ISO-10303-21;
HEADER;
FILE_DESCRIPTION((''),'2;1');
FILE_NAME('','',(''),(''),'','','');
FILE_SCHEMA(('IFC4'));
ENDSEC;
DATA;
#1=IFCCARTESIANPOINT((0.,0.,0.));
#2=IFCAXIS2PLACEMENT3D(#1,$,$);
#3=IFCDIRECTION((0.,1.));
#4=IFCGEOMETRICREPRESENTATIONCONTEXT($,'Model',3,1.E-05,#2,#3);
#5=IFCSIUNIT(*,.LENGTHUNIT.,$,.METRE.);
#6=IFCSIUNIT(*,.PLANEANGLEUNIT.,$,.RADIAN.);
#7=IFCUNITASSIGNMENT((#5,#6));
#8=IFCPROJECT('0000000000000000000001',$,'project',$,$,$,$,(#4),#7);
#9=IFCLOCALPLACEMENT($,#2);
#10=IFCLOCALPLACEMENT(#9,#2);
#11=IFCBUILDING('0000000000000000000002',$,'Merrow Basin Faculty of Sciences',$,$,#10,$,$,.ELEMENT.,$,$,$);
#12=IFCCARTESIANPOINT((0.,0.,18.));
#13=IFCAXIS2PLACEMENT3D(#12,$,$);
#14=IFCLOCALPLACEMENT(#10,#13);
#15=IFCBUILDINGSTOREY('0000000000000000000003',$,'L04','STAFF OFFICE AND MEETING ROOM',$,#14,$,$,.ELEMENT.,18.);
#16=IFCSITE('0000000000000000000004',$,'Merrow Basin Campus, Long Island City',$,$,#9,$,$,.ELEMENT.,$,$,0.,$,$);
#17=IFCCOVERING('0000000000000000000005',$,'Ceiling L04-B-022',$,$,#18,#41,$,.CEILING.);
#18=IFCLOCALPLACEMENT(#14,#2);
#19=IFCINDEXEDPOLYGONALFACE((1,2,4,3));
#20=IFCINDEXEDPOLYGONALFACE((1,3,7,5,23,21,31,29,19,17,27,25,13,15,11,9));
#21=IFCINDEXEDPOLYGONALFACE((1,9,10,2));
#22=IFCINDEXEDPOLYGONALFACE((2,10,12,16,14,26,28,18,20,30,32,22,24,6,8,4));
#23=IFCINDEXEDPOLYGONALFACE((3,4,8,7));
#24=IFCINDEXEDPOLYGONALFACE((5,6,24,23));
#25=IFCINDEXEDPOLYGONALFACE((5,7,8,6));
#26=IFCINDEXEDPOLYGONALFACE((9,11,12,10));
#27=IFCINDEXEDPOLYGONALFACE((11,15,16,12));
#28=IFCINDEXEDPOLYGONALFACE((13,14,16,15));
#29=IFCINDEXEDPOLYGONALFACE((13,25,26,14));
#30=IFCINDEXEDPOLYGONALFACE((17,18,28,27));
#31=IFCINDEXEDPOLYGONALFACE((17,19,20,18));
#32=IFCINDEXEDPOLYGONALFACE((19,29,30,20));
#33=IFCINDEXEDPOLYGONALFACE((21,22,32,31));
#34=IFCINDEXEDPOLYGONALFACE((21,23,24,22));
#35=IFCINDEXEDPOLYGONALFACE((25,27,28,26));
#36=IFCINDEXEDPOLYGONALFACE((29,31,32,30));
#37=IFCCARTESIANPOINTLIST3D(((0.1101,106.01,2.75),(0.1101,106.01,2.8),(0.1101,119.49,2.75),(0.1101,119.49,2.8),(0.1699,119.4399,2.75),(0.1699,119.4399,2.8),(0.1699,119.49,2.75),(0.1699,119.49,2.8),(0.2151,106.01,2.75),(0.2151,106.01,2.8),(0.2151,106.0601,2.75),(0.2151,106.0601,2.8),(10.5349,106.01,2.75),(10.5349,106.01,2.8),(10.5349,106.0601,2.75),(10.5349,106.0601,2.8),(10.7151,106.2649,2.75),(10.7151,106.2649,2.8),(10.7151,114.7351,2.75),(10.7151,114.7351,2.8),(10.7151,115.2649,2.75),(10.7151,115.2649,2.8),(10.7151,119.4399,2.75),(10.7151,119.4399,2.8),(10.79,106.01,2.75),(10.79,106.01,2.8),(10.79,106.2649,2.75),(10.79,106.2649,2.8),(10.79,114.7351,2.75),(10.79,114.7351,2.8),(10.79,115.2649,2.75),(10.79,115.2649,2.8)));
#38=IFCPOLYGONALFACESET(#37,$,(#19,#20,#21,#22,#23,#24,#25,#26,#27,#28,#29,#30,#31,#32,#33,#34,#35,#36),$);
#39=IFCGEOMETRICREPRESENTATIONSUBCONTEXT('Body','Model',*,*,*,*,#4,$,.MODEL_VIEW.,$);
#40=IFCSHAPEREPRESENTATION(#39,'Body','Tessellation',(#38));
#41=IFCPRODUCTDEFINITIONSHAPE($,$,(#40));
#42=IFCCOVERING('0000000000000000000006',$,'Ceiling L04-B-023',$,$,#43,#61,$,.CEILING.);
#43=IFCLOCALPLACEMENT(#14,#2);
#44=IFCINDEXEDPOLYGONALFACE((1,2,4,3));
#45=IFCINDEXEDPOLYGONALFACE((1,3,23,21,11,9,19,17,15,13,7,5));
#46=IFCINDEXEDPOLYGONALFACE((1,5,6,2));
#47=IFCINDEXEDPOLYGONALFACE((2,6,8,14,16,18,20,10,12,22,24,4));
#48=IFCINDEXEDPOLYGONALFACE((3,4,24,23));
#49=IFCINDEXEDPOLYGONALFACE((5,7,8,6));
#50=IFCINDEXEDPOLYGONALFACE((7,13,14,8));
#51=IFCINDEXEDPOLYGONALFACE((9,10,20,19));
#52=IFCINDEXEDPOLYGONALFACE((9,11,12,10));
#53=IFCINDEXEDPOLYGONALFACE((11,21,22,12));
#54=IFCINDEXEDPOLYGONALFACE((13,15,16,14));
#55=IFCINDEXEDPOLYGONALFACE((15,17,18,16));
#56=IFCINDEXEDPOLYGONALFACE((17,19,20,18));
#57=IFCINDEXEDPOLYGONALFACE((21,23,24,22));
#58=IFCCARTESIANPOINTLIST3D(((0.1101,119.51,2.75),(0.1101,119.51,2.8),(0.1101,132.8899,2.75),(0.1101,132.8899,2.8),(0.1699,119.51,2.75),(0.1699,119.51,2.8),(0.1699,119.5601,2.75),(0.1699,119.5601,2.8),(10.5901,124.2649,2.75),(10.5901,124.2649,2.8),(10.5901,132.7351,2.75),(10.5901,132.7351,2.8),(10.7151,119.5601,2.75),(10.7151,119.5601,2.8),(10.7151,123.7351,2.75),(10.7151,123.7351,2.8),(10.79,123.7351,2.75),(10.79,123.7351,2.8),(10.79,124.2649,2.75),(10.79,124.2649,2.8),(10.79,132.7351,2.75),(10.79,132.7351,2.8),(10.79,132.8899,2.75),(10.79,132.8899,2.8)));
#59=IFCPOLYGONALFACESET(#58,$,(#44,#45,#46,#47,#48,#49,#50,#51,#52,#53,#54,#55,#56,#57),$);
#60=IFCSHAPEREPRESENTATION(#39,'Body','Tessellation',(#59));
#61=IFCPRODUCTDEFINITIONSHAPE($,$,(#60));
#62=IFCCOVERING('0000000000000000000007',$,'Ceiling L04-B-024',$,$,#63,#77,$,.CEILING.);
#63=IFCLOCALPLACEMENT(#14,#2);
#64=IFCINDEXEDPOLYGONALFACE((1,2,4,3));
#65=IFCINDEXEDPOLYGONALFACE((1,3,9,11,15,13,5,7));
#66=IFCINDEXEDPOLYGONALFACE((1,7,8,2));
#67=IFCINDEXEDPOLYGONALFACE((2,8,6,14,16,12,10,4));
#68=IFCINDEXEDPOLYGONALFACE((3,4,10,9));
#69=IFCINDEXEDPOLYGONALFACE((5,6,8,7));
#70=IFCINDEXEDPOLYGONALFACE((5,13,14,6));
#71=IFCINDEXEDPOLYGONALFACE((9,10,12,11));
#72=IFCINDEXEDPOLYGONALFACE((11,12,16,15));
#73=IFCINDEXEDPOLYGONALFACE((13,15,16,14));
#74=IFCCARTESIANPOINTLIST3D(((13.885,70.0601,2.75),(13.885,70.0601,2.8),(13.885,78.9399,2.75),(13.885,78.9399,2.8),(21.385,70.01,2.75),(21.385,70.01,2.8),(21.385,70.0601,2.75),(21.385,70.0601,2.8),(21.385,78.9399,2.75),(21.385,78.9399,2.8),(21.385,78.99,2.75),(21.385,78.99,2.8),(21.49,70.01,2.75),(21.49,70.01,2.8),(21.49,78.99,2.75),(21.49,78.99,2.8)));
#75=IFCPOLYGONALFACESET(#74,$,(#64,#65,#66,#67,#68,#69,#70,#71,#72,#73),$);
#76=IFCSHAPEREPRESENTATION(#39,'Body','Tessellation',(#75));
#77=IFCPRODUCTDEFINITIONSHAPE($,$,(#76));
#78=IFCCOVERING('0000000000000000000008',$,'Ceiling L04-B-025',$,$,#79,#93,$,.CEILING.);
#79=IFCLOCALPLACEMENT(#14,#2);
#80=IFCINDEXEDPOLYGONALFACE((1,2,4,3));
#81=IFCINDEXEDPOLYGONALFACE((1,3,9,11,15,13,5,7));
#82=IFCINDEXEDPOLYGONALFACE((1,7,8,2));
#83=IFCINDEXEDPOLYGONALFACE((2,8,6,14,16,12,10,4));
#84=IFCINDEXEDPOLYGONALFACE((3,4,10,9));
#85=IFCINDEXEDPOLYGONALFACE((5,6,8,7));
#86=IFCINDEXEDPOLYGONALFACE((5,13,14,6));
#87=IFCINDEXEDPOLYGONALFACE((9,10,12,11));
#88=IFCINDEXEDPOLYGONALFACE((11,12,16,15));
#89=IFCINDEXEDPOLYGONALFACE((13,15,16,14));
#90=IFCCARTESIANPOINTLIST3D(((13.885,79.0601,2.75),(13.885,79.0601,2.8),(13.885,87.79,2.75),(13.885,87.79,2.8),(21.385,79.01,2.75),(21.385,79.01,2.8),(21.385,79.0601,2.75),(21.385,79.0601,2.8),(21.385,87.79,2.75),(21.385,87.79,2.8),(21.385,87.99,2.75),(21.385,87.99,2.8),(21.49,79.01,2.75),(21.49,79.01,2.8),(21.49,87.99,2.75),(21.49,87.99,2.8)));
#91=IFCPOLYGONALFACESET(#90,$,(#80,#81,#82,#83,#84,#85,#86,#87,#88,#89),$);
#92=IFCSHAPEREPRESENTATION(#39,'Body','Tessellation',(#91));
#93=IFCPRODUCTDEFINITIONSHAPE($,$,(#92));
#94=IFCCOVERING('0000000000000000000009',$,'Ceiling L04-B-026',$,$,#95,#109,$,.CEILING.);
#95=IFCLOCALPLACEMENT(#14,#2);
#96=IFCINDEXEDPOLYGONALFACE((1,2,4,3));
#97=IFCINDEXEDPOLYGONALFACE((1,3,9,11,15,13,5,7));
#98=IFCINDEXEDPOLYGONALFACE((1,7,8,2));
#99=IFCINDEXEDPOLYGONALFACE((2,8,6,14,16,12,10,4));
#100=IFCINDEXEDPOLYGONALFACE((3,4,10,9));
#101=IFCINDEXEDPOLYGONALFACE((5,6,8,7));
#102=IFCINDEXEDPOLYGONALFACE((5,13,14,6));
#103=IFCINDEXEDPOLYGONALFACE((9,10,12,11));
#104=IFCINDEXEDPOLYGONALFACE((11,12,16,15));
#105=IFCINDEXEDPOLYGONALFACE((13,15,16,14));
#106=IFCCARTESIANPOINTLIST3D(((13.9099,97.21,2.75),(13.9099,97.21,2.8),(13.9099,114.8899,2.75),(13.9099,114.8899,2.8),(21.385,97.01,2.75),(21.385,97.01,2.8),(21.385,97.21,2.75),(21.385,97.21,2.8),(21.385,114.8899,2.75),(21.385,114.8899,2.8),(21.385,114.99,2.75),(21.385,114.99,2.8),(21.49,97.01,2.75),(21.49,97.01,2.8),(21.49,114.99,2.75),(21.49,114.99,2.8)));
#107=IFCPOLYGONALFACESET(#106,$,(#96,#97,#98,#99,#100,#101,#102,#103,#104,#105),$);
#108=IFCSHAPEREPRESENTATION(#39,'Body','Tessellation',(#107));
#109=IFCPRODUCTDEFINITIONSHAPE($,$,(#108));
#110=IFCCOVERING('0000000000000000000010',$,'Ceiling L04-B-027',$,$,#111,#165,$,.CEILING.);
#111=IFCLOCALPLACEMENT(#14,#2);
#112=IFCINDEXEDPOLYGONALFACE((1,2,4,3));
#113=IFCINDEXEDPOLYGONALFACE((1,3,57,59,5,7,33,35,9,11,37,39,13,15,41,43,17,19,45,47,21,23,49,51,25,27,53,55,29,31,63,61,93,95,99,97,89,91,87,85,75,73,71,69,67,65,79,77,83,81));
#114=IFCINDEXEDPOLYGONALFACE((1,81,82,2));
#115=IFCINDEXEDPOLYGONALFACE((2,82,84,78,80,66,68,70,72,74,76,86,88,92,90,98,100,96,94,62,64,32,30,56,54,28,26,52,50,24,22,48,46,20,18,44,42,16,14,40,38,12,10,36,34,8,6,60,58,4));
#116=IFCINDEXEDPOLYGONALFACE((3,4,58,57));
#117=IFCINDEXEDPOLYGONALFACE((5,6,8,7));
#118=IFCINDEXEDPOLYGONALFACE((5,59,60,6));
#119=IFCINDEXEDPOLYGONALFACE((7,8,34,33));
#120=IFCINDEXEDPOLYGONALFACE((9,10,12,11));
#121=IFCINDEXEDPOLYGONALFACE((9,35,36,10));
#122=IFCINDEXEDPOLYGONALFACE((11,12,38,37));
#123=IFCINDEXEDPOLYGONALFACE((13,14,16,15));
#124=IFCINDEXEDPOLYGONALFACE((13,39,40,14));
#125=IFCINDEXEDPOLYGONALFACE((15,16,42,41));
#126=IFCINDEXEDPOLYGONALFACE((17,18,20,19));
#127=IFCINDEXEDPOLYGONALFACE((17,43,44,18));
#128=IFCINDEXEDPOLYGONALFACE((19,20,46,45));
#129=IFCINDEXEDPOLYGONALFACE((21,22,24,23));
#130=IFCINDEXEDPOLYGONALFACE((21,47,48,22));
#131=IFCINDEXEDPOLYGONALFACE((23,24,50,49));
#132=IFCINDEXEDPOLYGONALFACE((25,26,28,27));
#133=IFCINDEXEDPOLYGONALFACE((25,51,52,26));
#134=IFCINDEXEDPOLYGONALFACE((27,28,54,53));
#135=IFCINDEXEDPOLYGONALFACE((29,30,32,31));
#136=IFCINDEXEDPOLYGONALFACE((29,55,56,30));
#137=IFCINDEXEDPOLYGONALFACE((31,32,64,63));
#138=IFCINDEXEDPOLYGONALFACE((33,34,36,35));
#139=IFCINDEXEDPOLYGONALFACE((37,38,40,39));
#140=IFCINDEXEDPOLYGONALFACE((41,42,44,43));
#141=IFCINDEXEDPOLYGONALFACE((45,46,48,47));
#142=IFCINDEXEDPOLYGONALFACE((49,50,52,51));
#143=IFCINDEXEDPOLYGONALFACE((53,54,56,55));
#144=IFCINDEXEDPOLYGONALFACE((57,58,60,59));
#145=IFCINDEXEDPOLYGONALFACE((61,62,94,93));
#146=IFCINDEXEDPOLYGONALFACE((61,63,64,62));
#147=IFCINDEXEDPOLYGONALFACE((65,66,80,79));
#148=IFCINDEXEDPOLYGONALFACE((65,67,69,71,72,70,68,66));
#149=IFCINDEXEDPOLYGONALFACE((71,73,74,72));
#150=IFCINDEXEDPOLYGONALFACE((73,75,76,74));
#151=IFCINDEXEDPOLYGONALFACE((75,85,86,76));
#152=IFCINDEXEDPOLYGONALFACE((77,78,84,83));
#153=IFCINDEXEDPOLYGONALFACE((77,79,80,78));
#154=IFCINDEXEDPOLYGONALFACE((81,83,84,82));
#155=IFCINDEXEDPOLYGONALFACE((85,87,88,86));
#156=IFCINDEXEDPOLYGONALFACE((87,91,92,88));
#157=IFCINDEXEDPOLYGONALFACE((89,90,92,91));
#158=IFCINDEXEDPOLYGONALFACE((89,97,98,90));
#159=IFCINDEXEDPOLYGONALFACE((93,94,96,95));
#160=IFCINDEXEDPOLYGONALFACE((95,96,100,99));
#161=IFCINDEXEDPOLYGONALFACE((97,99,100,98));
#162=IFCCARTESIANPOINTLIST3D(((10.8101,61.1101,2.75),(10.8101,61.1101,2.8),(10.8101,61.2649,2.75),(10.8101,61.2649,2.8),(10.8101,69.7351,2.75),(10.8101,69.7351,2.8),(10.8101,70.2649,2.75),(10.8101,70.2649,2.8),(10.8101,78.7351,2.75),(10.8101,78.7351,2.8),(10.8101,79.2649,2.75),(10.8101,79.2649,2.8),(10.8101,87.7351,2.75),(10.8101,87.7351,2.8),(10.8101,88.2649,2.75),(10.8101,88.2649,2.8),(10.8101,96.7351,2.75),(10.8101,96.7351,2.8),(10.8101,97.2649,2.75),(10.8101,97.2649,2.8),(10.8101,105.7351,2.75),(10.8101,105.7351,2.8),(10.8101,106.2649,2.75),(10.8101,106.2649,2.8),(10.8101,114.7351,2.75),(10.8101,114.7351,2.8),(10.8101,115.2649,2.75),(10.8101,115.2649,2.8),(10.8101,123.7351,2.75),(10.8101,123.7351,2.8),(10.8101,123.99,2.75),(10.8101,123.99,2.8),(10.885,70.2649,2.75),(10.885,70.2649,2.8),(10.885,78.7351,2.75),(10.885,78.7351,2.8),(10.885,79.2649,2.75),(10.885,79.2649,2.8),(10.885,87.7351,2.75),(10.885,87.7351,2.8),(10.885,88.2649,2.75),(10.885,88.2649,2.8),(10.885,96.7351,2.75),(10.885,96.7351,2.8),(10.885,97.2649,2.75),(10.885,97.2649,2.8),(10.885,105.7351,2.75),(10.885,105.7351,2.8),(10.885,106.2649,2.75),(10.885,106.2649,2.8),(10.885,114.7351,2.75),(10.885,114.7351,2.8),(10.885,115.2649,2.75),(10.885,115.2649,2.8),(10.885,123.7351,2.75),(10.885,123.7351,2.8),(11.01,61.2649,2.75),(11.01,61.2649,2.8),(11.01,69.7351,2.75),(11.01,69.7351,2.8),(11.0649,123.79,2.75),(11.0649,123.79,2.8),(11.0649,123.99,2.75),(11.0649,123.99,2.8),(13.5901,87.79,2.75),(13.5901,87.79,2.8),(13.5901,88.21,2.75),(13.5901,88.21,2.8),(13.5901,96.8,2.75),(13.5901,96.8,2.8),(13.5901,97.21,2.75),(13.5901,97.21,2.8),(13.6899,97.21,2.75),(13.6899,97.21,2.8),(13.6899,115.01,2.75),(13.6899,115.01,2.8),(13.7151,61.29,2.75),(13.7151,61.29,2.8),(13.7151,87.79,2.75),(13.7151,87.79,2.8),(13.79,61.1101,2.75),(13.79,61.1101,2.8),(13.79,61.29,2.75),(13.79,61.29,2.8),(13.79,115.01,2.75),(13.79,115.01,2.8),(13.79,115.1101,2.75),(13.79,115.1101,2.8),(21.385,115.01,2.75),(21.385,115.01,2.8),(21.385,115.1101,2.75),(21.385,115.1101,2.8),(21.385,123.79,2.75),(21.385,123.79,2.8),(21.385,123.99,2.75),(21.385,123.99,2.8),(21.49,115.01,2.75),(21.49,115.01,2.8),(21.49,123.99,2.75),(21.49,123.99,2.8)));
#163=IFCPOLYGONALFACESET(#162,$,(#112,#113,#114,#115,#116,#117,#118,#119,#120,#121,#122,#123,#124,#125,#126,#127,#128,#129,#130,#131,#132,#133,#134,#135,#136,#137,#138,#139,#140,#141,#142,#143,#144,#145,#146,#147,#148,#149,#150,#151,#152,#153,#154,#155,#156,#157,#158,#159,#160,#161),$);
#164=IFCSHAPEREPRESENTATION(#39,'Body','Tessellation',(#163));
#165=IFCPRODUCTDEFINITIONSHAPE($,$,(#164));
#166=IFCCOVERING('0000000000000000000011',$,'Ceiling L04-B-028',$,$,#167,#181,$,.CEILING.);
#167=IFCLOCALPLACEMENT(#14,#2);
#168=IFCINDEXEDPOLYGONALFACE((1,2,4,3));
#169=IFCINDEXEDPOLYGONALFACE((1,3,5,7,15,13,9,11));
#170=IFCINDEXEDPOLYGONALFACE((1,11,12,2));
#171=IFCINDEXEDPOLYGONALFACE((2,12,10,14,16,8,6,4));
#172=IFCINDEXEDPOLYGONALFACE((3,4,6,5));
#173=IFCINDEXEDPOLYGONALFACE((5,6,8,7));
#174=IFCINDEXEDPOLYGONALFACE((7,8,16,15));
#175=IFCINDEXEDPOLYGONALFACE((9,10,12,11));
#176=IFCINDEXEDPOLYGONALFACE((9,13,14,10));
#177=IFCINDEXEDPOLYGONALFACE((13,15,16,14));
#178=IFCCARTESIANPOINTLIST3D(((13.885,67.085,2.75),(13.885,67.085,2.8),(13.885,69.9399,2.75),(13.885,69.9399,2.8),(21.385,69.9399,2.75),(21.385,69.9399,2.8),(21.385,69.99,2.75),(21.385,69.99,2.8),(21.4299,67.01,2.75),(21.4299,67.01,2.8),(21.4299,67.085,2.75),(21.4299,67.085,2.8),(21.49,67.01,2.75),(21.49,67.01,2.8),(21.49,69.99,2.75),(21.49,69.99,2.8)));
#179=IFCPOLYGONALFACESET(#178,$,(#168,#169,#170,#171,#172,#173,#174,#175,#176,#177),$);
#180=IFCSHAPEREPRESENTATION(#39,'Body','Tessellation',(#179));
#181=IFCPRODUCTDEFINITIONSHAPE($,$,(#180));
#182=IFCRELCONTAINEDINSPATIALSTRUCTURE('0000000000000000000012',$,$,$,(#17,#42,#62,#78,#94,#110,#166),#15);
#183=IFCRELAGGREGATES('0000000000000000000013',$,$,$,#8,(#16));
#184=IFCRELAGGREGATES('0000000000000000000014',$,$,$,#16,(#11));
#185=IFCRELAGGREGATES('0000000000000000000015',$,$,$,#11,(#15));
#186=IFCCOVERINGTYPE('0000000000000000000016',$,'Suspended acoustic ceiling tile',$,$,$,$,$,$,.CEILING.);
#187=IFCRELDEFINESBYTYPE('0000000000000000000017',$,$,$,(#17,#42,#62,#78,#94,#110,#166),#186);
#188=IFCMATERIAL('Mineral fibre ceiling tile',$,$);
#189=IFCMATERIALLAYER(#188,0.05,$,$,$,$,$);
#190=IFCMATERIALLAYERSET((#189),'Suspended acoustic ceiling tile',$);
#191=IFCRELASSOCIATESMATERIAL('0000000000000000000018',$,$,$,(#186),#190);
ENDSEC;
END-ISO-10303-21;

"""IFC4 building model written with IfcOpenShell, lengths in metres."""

from ifc_helpers import new_model, si_unit, direction, frame, origin, place, context, subcontext, project, spatial, polyline, outline, extrude, material, layer, layer_set, type_object, element, save


model = new_model("IFC4")

# Units and contexts
model_context = context("Model", 3, precision=1e-05, world=origin(), true_north=direction((0.0, 1.0)))
body_context = subcontext(model_context, "Body", "Model", "MODEL_VIEW")
ifc_project = project(units=[si_unit("LENGTHUNIT", "METRE"), si_unit("PLANEANGLEUNIT", "RADIAN")], contexts=[model_context])

# Site, building, storey
site_placement = place(None, origin())
site = spatial("IfcSite", under=ifc_project, at=site_placement, Name="Merrow Basin Campus, Long Island City", CompositionType="ELEMENT", RefElevation=0.0)
building_placement = place(site_placement, origin())
building = spatial("IfcBuilding", under=site, at=building_placement, Name="Merrow Basin Faculty of Sciences", CompositionType="ELEMENT")
storey_placement = place(building_placement, frame((0.0, 0.0, 18.0)))
storey = spatial("IfcBuildingStorey", under=building, at=storey_placement, Name="L04", Description="STAFF OFFICE AND MEETING ROOM", CompositionType="ELEMENT", Elevation=18.0)

# Coverings
ifc_material_1 = material(Name="Mineral fibre ceiling tile")
ifc_layer_1 = layer(ifc_material_1, 0.05)
ifc_layer_set_1 = layer_set([ifc_layer_1], Name="Suspended acoustic ceiling tile")
covering_type_1 = type_object("IfcCoveringType", Name="Suspended acoustic ceiling tile", PredefinedType="CEILING", material=ifc_layer_set_1)
covering_1_placement = place(storey_placement, frame((0.0, 0.0, 2.75)))
element("IfcCovering", 1, at=covering_1_placement, inside=storey, type_object=covering_type_1, Name="Ceiling L04-B-022", PredefinedType="CEILING", context=body_context, shape_type="SweptSolid", body=[
    extrude(outline(polyline([(10.7151, 119.4399), (10.7151, 115.2649), (10.79, 115.2649), (10.79, 114.7351), (10.7151, 114.7351), (10.7151, 106.2649), (10.79, 106.2649), (10.79, 106.01), (10.5349, 106.01), (10.5349, 106.0601), (0.2151, 106.0601), (0.2151, 106.01), (0.1101, 106.01), (0.1101, 119.49), (0.1699, 119.49), (0.1699, 119.4399), (10.7151, 119.4399)])), origin(), (0.0, 0.0, 1.0), 0.05),
])
covering_2_placement = place(storey_placement, frame((0.0, 0.0, 2.75)))
element("IfcCovering", 2, at=covering_2_placement, inside=storey, type_object=covering_type_1, Name="Ceiling L04-B-023", PredefinedType="CEILING", context=body_context, shape_type="SweptSolid", body=[
    extrude(outline(polyline([(10.7151, 119.5601), (0.1699, 119.5601), (0.1699, 119.51), (0.1101, 119.51), (0.1101, 132.8899), (10.79, 132.8899), (10.79, 132.7351), (10.5901, 132.7351), (10.5901, 124.2649), (10.79, 124.2649), (10.79, 123.7351), (10.7151, 123.7351), (10.7151, 119.5601)])), origin(), (0.0, 0.0, 1.0), 0.05),
])
covering_3_placement = place(storey_placement, frame((0.0, 0.0, 2.75)))
element("IfcCovering", 3, at=covering_3_placement, inside=storey, type_object=covering_type_1, Name="Ceiling L04-B-024", PredefinedType="CEILING", context=body_context, shape_type="SweptSolid", body=[
    extrude(outline(polyline([(21.49, 78.99), (21.49, 70.01), (21.385, 70.01), (21.385, 70.0601), (13.885, 70.0601), (13.885, 78.9399), (21.385, 78.9399), (21.385, 78.99), (21.49, 78.99)])), origin(), (0.0, 0.0, 1.0), 0.05),
])
covering_4_placement = place(storey_placement, frame((0.0, 0.0, 2.75)))
element("IfcCovering", 4, at=covering_4_placement, inside=storey, type_object=covering_type_1, Name="Ceiling L04-B-025", PredefinedType="CEILING", context=body_context, shape_type="SweptSolid", body=[
    extrude(outline(polyline([(21.49, 87.99), (21.49, 79.01), (21.385, 79.01), (21.385, 79.0601), (13.885, 79.0601), (13.885, 87.79), (21.385, 87.79), (21.385, 87.99), (21.49, 87.99)])), origin(), (0.0, 0.0, 1.0), 0.05),
])
covering_5_placement = place(storey_placement, frame((0.0, 0.0, 2.75)))
element("IfcCovering", 5, at=covering_5_placement, inside=storey, type_object=covering_type_1, Name="Ceiling L04-B-026", PredefinedType="CEILING", context=body_context, shape_type="SweptSolid", body=[
    extrude(outline(polyline([(21.49, 114.99), (21.49, 97.01), (21.385, 97.01), (21.385, 97.21), (13.9099, 97.21), (13.9099, 114.8899), (21.385, 114.8899), (21.385, 114.99), (21.49, 114.99)])), origin(), (0.0, 0.0, 1.0), 0.05),
])
covering_6_placement = place(storey_placement, frame((0.0, 0.0, 2.75)))
element("IfcCovering", 6, at=covering_6_placement, inside=storey, type_object=covering_type_1, Name="Ceiling L04-B-027", PredefinedType="CEILING", context=body_context, shape_type="SweptSolid", body=[
    extrude(outline(polyline([(11.0649, 123.99), (11.0649, 123.79), (21.385, 123.79), (21.385, 123.99), (21.49, 123.99), (21.49, 115.01), (21.385, 115.01), (21.385, 115.1101), (13.79, 115.1101), (13.79, 115.01), (13.6899, 115.01), (13.6899, 97.21), (13.5901, 97.21), (13.5901, 96.8), (13.5901, 88.21), (13.5901, 87.79), (13.7151, 87.79), (13.7151, 61.29), (13.79, 61.29), (13.79, 61.1101), (10.8101, 61.1101), (10.8101, 61.2649), (11.01, 61.2649), (11.01, 69.7351), (10.8101, 69.7351), (10.8101, 70.2649), (10.885, 70.2649), (10.885, 78.7351), (10.8101, 78.7351), (10.8101, 79.2649), (10.885, 79.2649), (10.885, 87.7351), (10.8101, 87.7351), (10.8101, 88.2649), (10.885, 88.2649), (10.885, 96.7351), (10.8101, 96.7351), (10.8101, 97.2649), (10.885, 97.2649), (10.885, 105.7351), (10.8101, 105.7351), (10.8101, 106.2649), (10.885, 106.2649), (10.885, 114.7351), (10.8101, 114.7351), (10.8101, 115.2649), (10.885, 115.2649), (10.885, 123.7351), (10.8101, 123.7351), (10.8101, 123.99), (11.0649, 123.99)])), origin(), (0.0, 0.0, 1.0), 0.05),
])
covering_7_placement = place(storey_placement, frame((0.0, 0.0, 2.75)))
element("IfcCovering", 7, at=covering_7_placement, inside=storey, type_object=covering_type_1, Name="Ceiling L04-B-028", PredefinedType="CEILING", context=body_context, shape_type="SweptSolid", body=[
    extrude(outline(polyline([(21.49, 69.99), (21.49, 67.01), (21.4299, 67.01), (21.4299, 67.085), (13.885, 67.085), (13.885, 69.9399), (21.385, 69.9399), (21.385, 69.99), (21.49, 69.99)])), origin(), (0.0, 0.0, 1.0), 0.05),
])

save(model, "model.ifc")
